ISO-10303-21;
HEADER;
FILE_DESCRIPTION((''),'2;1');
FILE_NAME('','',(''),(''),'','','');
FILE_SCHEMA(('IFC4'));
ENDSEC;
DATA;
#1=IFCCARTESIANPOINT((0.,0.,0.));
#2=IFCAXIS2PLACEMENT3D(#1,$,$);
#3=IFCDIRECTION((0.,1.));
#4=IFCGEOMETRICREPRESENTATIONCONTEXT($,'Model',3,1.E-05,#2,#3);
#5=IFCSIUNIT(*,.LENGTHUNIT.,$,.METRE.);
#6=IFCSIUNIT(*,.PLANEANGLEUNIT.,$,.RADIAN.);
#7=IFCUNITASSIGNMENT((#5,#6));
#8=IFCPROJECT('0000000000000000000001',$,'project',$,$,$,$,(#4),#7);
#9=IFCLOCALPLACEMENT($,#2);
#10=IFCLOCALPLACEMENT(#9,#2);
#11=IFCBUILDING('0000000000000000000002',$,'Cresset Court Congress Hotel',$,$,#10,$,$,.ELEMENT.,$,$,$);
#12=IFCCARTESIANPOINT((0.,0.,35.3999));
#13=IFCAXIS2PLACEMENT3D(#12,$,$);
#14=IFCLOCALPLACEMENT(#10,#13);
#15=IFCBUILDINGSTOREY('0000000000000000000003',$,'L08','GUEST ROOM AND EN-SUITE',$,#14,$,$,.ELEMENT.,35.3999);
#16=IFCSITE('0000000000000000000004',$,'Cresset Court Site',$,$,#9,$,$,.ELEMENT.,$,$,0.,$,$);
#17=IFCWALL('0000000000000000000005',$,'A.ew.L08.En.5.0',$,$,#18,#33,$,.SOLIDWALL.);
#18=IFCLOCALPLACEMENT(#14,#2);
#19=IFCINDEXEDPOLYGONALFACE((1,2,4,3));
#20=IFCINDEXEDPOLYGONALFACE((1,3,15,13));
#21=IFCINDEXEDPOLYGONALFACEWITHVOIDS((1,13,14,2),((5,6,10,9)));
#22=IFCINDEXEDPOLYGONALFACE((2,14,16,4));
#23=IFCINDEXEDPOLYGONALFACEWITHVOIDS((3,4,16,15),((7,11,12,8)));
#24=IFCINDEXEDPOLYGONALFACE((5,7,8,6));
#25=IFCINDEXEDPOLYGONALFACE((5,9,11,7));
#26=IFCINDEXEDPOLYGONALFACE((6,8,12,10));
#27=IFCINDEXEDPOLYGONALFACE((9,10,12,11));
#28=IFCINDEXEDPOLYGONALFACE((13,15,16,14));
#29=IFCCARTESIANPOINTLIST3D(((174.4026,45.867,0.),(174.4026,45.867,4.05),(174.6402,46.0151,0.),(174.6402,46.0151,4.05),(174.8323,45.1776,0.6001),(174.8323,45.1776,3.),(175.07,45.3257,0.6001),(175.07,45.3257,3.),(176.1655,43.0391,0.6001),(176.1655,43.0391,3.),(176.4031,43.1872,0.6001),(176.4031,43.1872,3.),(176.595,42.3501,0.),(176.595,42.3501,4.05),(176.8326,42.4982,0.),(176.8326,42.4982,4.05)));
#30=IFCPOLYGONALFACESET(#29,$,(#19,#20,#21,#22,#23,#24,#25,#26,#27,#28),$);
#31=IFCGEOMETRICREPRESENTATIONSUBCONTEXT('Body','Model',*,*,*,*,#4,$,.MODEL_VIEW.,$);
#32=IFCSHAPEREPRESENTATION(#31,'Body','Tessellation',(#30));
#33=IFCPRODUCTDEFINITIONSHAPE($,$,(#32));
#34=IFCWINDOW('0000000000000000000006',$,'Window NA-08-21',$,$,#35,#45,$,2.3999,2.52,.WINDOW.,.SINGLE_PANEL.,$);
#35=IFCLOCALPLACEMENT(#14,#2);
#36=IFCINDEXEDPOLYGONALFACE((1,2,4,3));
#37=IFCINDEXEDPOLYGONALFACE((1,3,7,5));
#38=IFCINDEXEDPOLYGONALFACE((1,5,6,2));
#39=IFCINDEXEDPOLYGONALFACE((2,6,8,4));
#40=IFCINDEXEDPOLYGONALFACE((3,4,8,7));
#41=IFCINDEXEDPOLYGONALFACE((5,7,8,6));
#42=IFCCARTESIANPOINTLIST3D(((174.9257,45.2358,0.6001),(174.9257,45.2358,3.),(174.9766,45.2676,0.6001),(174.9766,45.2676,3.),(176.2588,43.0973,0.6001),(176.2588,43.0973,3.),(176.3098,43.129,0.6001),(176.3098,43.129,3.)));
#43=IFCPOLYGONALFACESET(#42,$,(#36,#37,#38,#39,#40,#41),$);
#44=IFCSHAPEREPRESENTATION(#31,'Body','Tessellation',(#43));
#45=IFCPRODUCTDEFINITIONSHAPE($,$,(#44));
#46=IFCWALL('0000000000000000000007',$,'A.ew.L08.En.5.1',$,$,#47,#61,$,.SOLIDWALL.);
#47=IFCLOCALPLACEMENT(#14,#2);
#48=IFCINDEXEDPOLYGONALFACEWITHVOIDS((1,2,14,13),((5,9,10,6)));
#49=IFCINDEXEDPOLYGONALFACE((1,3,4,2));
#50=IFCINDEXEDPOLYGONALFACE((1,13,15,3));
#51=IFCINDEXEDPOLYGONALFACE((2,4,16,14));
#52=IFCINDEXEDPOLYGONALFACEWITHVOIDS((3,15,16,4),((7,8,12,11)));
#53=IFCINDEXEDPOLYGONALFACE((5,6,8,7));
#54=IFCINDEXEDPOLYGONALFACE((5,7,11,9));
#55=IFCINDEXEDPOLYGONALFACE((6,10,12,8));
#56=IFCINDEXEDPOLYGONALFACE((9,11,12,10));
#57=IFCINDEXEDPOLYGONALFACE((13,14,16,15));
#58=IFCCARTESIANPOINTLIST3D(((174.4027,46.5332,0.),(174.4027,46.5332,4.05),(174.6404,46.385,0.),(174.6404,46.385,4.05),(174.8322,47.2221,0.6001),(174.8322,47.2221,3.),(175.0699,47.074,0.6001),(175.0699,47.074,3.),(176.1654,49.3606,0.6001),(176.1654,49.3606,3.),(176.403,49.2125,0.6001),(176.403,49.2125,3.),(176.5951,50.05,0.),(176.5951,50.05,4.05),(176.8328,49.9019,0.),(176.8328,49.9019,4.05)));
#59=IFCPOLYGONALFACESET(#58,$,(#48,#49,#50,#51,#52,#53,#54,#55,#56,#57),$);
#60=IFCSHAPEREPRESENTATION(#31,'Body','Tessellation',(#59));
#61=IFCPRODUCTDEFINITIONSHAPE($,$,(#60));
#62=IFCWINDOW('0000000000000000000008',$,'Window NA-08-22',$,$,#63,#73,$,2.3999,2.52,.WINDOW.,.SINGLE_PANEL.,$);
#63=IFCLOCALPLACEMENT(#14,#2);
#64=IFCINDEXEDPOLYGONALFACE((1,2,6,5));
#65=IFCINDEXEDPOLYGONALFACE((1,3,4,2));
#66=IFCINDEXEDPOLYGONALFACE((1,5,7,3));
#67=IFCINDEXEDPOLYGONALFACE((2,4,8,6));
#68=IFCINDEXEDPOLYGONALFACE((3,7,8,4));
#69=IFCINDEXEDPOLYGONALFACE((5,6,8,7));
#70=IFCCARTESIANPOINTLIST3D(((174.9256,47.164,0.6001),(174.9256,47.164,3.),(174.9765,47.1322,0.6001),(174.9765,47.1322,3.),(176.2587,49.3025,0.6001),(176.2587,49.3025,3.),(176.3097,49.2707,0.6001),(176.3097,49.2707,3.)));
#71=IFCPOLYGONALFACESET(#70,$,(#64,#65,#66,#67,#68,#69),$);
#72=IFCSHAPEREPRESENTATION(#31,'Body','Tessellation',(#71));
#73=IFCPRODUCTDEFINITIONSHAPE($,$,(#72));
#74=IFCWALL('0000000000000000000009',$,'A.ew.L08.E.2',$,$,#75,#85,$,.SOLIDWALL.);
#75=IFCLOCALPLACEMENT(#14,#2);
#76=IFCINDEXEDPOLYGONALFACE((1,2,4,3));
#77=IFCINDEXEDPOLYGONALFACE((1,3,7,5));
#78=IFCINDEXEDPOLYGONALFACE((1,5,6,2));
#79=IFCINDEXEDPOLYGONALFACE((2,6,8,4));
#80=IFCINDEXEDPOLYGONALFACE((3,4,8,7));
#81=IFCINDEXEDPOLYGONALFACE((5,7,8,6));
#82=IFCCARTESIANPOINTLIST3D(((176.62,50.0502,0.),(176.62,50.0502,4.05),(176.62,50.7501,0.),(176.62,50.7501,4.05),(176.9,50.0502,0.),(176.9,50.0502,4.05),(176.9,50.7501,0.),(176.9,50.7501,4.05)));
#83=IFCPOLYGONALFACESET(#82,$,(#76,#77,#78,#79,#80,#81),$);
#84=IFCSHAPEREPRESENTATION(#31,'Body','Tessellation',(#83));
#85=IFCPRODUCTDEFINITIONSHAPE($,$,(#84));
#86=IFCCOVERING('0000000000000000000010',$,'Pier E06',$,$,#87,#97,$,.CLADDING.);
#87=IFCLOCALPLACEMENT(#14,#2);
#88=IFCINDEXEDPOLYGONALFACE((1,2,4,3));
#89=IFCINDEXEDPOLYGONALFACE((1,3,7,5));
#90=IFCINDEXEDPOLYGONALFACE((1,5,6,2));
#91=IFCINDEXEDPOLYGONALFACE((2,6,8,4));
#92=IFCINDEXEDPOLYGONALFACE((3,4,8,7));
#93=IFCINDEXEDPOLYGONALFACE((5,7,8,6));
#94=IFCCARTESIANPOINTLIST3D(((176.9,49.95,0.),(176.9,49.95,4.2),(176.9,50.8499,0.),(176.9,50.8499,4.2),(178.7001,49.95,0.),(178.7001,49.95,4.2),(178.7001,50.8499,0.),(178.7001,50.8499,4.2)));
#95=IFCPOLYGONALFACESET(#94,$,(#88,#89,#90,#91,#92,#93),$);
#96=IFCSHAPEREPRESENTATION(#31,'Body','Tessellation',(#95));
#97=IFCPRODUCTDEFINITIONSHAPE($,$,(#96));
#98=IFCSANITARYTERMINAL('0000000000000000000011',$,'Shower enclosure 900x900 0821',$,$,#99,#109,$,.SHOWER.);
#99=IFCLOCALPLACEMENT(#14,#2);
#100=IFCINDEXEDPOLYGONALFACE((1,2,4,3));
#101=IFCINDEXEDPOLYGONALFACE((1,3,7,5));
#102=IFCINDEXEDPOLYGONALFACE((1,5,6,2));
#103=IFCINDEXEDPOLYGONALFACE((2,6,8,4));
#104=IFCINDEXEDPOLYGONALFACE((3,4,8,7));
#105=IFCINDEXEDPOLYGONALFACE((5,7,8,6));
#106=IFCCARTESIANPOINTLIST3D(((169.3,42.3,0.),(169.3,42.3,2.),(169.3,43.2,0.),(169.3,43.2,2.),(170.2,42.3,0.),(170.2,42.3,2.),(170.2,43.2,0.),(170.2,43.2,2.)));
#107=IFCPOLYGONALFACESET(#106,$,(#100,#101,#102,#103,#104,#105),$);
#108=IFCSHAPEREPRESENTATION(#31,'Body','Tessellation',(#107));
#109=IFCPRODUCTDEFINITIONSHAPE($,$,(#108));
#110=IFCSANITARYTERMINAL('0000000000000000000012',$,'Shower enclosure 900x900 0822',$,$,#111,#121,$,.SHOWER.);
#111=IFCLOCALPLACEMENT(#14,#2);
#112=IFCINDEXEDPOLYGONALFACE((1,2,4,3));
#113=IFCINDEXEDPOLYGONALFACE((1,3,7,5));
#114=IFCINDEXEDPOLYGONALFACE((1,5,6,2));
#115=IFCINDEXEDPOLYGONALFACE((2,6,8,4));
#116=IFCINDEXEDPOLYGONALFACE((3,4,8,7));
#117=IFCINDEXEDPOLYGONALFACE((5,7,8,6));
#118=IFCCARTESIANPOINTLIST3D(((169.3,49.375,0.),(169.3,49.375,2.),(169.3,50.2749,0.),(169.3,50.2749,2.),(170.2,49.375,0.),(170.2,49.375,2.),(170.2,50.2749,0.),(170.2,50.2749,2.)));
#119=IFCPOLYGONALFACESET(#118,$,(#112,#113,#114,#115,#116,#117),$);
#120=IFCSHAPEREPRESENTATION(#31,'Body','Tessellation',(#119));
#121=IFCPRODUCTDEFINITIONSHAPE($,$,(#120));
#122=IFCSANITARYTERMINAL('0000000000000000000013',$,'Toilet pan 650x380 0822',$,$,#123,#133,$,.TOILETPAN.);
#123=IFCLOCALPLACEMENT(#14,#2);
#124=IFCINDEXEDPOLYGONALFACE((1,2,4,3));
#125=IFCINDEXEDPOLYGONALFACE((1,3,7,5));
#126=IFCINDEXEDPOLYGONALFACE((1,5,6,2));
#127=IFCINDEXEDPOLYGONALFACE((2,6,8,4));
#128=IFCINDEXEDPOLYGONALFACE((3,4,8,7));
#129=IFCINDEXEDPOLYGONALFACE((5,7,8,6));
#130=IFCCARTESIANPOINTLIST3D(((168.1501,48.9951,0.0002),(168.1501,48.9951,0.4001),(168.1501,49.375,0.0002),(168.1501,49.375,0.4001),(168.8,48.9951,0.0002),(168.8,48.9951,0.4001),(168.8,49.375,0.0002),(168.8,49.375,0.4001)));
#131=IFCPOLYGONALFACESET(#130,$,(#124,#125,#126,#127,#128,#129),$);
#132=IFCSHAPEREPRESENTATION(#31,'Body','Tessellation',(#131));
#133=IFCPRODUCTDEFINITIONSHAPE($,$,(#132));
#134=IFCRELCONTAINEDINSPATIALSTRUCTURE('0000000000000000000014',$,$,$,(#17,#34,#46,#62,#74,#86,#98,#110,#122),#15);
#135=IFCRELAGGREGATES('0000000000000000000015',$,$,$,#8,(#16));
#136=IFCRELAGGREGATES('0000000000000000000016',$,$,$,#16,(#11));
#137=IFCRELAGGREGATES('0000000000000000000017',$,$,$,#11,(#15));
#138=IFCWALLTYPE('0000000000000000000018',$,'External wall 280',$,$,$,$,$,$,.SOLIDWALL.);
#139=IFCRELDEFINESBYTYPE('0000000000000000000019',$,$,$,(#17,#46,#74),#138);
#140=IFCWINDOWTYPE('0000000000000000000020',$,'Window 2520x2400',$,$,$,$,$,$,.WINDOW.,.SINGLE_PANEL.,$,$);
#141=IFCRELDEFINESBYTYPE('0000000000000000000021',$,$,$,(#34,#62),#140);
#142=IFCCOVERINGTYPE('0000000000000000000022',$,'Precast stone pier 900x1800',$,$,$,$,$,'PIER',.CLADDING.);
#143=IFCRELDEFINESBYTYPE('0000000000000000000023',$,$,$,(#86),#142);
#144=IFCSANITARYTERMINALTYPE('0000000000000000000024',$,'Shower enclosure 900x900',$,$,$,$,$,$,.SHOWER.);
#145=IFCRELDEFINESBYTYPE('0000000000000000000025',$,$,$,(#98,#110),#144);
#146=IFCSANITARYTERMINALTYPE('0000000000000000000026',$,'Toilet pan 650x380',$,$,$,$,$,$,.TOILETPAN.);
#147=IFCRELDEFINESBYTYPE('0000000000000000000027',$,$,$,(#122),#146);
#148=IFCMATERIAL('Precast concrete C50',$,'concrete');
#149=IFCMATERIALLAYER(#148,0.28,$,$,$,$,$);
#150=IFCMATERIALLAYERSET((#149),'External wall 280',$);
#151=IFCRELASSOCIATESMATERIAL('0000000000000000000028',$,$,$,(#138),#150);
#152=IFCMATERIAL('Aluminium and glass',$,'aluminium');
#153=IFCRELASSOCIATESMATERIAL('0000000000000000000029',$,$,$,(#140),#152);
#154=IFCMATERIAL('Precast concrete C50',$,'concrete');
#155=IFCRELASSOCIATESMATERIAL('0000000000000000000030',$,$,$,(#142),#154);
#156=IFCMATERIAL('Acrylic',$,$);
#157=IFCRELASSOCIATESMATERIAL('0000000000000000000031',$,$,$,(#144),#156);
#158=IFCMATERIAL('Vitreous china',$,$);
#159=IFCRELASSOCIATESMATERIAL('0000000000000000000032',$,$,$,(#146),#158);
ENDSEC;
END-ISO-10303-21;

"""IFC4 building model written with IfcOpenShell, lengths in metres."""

from ifc_helpers import new_model, si_unit, direction, frame, frame_2d, origin, origin_2d, place, context, subcontext, project, spatial, rectangle, extrude, material, layer, layer_set, type_object, element, fill, save


model = new_model("IFC4")

# Units and contexts
model_context = context("Model", 3, precision=1e-05, world=origin(), true_north=direction((0.0, 1.0)))
body_context = subcontext(model_context, "Body", "Model", "MODEL_VIEW")
ifc_project = project(units=[si_unit("LENGTHUNIT", "METRE"), si_unit("PLANEANGLEUNIT", "RADIAN")], contexts=[model_context])

# Site, building, storey
site_placement = place(None, origin())
site = spatial("IfcSite", under=ifc_project, at=site_placement, Name="Cresset Court Site", CompositionType="ELEMENT", RefElevation=0.0)
building_placement = place(site_placement, origin())
building = spatial("IfcBuilding", under=site, at=building_placement, Name="Cresset Court Congress Hotel", CompositionType="ELEMENT")
storey_placement = place(building_placement, frame((0.0, 0.0, 35.3999)))
storey = spatial("IfcBuildingStorey", under=building, at=storey_placement, Name="L08", Description="GUEST ROOM AND EN-SUITE", CompositionType="ELEMENT", Elevation=35.3999)

# Walls, openings, windows
ifc_material_1 = material(Name="Precast concrete C50", Category="concrete")
ifc_layer_1 = layer(ifc_material_1, 0.28)
ifc_layer_set_1 = layer_set([ifc_layer_1], Name="External wall 280")
wall_type_1 = type_object("IfcWallType", Name="External wall 280", PredefinedType="SOLIDWALL", material=ifc_layer_set_1)
wall_1_placement = place(storey_placement, frame((176.7139, 42.4241, 0.0), z_axis=(0.0, 0.0, 1.0), x_axis=(-0.529019, 0.84861, 0.0)))
wall_1 = element("IfcWall", 1, at=wall_1_placement, inside=storey, type_object=wall_type_1, Name="A.ew.L08.En.5.0", PredefinedType="SOLIDWALL", context=body_context, shape_type="SweptSolid", body=[
    extrude(rectangle(XDim=4.1443, YDim=0.28, at=frame_2d((2.0723, 0.0))), origin(), (0.0, 0.0, 1.0), 4.05),
])
opening_1_placement = place(wall_1_placement, frame((0.812, 0.0, 0.6001)))
opening_1 = element("IfcOpeningElement", 2, at=opening_1_placement, cuts=wall_1, PredefinedType="OPENING", context=body_context, shape_type="SweptSolid", body=[
    extrude(rectangle(XDim=2.52, YDim=2.3999, at=frame_2d((1.26, 1.2))), frame((0.0, 0.1499, 0.0), z_axis=(0.0, -1.0, 0.0), x_axis=(1.0, 0.0, 0.0)), (0.0, 0.0, 1.0), 0.3),
])
ifc_material_2 = material(Name="Aluminium and glass", Category="aluminium")
window_type = type_object("IfcWindowType", Name="Window 2520x2400", PartitioningType="SINGLE_PANEL", PredefinedType="WINDOW", material=ifc_material_2)
window_1_placement = place(opening_1_placement, origin())
window_1 = element("IfcWindow", 3, at=window_1_placement, inside=storey, type_object=window_type, Name="Window NA-08-21", OverallHeight=2.3999, OverallWidth=2.52, PartitioningType="SINGLE_PANEL", PredefinedType="WINDOW", context=body_context, shape_type="SweptSolid", body=[
    extrude(rectangle(XDim=2.52, YDim=2.3999, at=frame_2d((1.26, 1.2))), frame((0.0, 0.03, 0.0), z_axis=(0.0, -1.0, 0.0), x_axis=(1.0, 0.0, 0.0)), (0.0, 0.0, 1.0), 0.0601),
])
fill(opening_1, window_1)
wall_2_placement = place(storey_placement, frame((174.5215, 46.459, 0.0), z_axis=(0.0, 0.0, 1.0), x_axis=(0.529019, 0.84861, 0.0)))
wall_2 = element("IfcWall", 4, at=wall_2_placement, inside=storey, type_object=wall_type_1, Name="A.ew.L08.En.5.1", PredefinedType="SOLIDWALL", context=body_context, shape_type="SweptSolid", body=[
    extrude(rectangle(XDim=4.1443, YDim=0.28, at=frame_2d((2.0723, 0.0))), origin(), (0.0, 0.0, 1.0), 4.05),
])
opening_2_placement = place(wall_2_placement, frame((0.812, 0.0, 0.6001)))
opening_2 = element("IfcOpeningElement", 5, at=opening_2_placement, cuts=wall_2, PredefinedType="OPENING", context=body_context, shape_type="SweptSolid", body=[
    extrude(rectangle(XDim=2.52, YDim=2.3999, at=frame_2d((1.26, 1.2))), frame((0.0, 0.1499, 0.0), z_axis=(0.0, -1.0, 0.0), x_axis=(1.0, 0.0, 0.0)), (0.0, 0.0, 1.0), 0.3),
])
window_2_placement = place(opening_2_placement, origin())
window_2 = element("IfcWindow", 6, at=window_2_placement, inside=storey, type_object=window_type, Name="Window NA-08-22", OverallHeight=2.3999, OverallWidth=2.52, PartitioningType="SINGLE_PANEL", PredefinedType="WINDOW", context=body_context, shape_type="SweptSolid", body=[
    extrude(rectangle(XDim=2.52, YDim=2.3999, at=frame_2d((1.26, 1.2))), frame((0.0, 0.03, 0.0), z_axis=(0.0, -1.0, 0.0), x_axis=(1.0, 0.0, 0.0)), (0.0, 0.0, 1.0), 0.0601),
])
fill(opening_2, window_2)

# Wall
wall_3_placement = place(storey_placement, frame((176.76, 50.05, 0.0), z_axis=(0.0, 0.0, 1.0), x_axis=(0.0, 1.0, 0.0)))
element("IfcWall", 7, at=wall_3_placement, inside=storey, type_object=wall_type_1, Name="A.ew.L08.E.2", PredefinedType="SOLIDWALL", context=body_context, shape_type="SweptSolid", body=[
    extrude(rectangle(XDim=0.7, YDim=0.28, at=frame_2d((0.3501, 0.0))), origin(), (0.0, 0.0, 1.0), 4.05),
])

# Covering
ifc_material_3 = material(Name="Precast concrete C50", Category="concrete")
covering_type = type_object("IfcCoveringType", Name="Precast stone pier 900x1800", ElementType="PIER", PredefinedType="CLADDING", material=ifc_material_3)
covering_placement = place(storey_placement, frame((177.8, 50.3999, 0.0), z_axis=(0.0, 0.0, 1.0), x_axis=(1.0, 0.0, 0.0)))
element("IfcCovering", 8, at=covering_placement, inside=storey, type_object=covering_type, Name="Pier E06", PredefinedType="CLADDING", context=body_context, shape_type="SweptSolid", body=[
    extrude(rectangle(XDim=1.8, YDim=0.8999, at=origin_2d()), origin(), (0.0, 0.0, 1.0), 4.2),
])

# Sanitary terminals
ifc_material_4 = material(Name="Acrylic")
sanitary_terminal_type_1 = type_object("IfcSanitaryTerminalType", Name="Shower enclosure 900x900", PredefinedType="SHOWER", material=ifc_material_4)
for number, where, z_axis, x_axis, name in (
    (9, (169.75, 42.75, 0.0), (0.0, 0.0, 1.0), (1.0, 0.0, 0.0), "Shower enclosure 900x900 0821"),
    (10, (169.75, 49.825, 0.0), (0.0, 0.0, 1.0), (1.0, 0.0, 0.0), "Shower enclosure 900x900 0822"),
):
    element("IfcSanitaryTerminal", number, at=place(storey_placement, frame(where, z_axis=z_axis, x_axis=x_axis)), inside=storey, type_object=sanitary_terminal_type_1, Name=name, PredefinedType="SHOWER", context=body_context, shape_type="SweptSolid", body=[
        extrude(rectangle(XDim=0.8999, YDim=0.8999, at=origin_2d()), origin(), (0.0, 0.0, 1.0), 2.0),
    ])
ifc_material_5 = material(Name="Vitreous china")
sanitary_terminal_type_2 = type_object("IfcSanitaryTerminalType", Name="Toilet pan 650x380", PredefinedType="TOILETPAN", material=ifc_material_5)
sanitary_terminal_placement = place(storey_placement, frame((168.4751, 49.1851, 0.0002), z_axis=(0.0, 0.0, 1.0), x_axis=(1.0, 0.0, 0.0)))
element("IfcSanitaryTerminal", 11, at=sanitary_terminal_placement, inside=storey, type_object=sanitary_terminal_type_2, Name="Toilet pan 650x380 0822", PredefinedType="TOILETPAN", context=body_context, shape_type="SweptSolid", body=[
    extrude(rectangle(XDim=0.6499, YDim=0.3799, at=origin_2d()), origin(), (0.0, 0.0, 1.0), 0.3999),
])

save(model, "model.ifc")
